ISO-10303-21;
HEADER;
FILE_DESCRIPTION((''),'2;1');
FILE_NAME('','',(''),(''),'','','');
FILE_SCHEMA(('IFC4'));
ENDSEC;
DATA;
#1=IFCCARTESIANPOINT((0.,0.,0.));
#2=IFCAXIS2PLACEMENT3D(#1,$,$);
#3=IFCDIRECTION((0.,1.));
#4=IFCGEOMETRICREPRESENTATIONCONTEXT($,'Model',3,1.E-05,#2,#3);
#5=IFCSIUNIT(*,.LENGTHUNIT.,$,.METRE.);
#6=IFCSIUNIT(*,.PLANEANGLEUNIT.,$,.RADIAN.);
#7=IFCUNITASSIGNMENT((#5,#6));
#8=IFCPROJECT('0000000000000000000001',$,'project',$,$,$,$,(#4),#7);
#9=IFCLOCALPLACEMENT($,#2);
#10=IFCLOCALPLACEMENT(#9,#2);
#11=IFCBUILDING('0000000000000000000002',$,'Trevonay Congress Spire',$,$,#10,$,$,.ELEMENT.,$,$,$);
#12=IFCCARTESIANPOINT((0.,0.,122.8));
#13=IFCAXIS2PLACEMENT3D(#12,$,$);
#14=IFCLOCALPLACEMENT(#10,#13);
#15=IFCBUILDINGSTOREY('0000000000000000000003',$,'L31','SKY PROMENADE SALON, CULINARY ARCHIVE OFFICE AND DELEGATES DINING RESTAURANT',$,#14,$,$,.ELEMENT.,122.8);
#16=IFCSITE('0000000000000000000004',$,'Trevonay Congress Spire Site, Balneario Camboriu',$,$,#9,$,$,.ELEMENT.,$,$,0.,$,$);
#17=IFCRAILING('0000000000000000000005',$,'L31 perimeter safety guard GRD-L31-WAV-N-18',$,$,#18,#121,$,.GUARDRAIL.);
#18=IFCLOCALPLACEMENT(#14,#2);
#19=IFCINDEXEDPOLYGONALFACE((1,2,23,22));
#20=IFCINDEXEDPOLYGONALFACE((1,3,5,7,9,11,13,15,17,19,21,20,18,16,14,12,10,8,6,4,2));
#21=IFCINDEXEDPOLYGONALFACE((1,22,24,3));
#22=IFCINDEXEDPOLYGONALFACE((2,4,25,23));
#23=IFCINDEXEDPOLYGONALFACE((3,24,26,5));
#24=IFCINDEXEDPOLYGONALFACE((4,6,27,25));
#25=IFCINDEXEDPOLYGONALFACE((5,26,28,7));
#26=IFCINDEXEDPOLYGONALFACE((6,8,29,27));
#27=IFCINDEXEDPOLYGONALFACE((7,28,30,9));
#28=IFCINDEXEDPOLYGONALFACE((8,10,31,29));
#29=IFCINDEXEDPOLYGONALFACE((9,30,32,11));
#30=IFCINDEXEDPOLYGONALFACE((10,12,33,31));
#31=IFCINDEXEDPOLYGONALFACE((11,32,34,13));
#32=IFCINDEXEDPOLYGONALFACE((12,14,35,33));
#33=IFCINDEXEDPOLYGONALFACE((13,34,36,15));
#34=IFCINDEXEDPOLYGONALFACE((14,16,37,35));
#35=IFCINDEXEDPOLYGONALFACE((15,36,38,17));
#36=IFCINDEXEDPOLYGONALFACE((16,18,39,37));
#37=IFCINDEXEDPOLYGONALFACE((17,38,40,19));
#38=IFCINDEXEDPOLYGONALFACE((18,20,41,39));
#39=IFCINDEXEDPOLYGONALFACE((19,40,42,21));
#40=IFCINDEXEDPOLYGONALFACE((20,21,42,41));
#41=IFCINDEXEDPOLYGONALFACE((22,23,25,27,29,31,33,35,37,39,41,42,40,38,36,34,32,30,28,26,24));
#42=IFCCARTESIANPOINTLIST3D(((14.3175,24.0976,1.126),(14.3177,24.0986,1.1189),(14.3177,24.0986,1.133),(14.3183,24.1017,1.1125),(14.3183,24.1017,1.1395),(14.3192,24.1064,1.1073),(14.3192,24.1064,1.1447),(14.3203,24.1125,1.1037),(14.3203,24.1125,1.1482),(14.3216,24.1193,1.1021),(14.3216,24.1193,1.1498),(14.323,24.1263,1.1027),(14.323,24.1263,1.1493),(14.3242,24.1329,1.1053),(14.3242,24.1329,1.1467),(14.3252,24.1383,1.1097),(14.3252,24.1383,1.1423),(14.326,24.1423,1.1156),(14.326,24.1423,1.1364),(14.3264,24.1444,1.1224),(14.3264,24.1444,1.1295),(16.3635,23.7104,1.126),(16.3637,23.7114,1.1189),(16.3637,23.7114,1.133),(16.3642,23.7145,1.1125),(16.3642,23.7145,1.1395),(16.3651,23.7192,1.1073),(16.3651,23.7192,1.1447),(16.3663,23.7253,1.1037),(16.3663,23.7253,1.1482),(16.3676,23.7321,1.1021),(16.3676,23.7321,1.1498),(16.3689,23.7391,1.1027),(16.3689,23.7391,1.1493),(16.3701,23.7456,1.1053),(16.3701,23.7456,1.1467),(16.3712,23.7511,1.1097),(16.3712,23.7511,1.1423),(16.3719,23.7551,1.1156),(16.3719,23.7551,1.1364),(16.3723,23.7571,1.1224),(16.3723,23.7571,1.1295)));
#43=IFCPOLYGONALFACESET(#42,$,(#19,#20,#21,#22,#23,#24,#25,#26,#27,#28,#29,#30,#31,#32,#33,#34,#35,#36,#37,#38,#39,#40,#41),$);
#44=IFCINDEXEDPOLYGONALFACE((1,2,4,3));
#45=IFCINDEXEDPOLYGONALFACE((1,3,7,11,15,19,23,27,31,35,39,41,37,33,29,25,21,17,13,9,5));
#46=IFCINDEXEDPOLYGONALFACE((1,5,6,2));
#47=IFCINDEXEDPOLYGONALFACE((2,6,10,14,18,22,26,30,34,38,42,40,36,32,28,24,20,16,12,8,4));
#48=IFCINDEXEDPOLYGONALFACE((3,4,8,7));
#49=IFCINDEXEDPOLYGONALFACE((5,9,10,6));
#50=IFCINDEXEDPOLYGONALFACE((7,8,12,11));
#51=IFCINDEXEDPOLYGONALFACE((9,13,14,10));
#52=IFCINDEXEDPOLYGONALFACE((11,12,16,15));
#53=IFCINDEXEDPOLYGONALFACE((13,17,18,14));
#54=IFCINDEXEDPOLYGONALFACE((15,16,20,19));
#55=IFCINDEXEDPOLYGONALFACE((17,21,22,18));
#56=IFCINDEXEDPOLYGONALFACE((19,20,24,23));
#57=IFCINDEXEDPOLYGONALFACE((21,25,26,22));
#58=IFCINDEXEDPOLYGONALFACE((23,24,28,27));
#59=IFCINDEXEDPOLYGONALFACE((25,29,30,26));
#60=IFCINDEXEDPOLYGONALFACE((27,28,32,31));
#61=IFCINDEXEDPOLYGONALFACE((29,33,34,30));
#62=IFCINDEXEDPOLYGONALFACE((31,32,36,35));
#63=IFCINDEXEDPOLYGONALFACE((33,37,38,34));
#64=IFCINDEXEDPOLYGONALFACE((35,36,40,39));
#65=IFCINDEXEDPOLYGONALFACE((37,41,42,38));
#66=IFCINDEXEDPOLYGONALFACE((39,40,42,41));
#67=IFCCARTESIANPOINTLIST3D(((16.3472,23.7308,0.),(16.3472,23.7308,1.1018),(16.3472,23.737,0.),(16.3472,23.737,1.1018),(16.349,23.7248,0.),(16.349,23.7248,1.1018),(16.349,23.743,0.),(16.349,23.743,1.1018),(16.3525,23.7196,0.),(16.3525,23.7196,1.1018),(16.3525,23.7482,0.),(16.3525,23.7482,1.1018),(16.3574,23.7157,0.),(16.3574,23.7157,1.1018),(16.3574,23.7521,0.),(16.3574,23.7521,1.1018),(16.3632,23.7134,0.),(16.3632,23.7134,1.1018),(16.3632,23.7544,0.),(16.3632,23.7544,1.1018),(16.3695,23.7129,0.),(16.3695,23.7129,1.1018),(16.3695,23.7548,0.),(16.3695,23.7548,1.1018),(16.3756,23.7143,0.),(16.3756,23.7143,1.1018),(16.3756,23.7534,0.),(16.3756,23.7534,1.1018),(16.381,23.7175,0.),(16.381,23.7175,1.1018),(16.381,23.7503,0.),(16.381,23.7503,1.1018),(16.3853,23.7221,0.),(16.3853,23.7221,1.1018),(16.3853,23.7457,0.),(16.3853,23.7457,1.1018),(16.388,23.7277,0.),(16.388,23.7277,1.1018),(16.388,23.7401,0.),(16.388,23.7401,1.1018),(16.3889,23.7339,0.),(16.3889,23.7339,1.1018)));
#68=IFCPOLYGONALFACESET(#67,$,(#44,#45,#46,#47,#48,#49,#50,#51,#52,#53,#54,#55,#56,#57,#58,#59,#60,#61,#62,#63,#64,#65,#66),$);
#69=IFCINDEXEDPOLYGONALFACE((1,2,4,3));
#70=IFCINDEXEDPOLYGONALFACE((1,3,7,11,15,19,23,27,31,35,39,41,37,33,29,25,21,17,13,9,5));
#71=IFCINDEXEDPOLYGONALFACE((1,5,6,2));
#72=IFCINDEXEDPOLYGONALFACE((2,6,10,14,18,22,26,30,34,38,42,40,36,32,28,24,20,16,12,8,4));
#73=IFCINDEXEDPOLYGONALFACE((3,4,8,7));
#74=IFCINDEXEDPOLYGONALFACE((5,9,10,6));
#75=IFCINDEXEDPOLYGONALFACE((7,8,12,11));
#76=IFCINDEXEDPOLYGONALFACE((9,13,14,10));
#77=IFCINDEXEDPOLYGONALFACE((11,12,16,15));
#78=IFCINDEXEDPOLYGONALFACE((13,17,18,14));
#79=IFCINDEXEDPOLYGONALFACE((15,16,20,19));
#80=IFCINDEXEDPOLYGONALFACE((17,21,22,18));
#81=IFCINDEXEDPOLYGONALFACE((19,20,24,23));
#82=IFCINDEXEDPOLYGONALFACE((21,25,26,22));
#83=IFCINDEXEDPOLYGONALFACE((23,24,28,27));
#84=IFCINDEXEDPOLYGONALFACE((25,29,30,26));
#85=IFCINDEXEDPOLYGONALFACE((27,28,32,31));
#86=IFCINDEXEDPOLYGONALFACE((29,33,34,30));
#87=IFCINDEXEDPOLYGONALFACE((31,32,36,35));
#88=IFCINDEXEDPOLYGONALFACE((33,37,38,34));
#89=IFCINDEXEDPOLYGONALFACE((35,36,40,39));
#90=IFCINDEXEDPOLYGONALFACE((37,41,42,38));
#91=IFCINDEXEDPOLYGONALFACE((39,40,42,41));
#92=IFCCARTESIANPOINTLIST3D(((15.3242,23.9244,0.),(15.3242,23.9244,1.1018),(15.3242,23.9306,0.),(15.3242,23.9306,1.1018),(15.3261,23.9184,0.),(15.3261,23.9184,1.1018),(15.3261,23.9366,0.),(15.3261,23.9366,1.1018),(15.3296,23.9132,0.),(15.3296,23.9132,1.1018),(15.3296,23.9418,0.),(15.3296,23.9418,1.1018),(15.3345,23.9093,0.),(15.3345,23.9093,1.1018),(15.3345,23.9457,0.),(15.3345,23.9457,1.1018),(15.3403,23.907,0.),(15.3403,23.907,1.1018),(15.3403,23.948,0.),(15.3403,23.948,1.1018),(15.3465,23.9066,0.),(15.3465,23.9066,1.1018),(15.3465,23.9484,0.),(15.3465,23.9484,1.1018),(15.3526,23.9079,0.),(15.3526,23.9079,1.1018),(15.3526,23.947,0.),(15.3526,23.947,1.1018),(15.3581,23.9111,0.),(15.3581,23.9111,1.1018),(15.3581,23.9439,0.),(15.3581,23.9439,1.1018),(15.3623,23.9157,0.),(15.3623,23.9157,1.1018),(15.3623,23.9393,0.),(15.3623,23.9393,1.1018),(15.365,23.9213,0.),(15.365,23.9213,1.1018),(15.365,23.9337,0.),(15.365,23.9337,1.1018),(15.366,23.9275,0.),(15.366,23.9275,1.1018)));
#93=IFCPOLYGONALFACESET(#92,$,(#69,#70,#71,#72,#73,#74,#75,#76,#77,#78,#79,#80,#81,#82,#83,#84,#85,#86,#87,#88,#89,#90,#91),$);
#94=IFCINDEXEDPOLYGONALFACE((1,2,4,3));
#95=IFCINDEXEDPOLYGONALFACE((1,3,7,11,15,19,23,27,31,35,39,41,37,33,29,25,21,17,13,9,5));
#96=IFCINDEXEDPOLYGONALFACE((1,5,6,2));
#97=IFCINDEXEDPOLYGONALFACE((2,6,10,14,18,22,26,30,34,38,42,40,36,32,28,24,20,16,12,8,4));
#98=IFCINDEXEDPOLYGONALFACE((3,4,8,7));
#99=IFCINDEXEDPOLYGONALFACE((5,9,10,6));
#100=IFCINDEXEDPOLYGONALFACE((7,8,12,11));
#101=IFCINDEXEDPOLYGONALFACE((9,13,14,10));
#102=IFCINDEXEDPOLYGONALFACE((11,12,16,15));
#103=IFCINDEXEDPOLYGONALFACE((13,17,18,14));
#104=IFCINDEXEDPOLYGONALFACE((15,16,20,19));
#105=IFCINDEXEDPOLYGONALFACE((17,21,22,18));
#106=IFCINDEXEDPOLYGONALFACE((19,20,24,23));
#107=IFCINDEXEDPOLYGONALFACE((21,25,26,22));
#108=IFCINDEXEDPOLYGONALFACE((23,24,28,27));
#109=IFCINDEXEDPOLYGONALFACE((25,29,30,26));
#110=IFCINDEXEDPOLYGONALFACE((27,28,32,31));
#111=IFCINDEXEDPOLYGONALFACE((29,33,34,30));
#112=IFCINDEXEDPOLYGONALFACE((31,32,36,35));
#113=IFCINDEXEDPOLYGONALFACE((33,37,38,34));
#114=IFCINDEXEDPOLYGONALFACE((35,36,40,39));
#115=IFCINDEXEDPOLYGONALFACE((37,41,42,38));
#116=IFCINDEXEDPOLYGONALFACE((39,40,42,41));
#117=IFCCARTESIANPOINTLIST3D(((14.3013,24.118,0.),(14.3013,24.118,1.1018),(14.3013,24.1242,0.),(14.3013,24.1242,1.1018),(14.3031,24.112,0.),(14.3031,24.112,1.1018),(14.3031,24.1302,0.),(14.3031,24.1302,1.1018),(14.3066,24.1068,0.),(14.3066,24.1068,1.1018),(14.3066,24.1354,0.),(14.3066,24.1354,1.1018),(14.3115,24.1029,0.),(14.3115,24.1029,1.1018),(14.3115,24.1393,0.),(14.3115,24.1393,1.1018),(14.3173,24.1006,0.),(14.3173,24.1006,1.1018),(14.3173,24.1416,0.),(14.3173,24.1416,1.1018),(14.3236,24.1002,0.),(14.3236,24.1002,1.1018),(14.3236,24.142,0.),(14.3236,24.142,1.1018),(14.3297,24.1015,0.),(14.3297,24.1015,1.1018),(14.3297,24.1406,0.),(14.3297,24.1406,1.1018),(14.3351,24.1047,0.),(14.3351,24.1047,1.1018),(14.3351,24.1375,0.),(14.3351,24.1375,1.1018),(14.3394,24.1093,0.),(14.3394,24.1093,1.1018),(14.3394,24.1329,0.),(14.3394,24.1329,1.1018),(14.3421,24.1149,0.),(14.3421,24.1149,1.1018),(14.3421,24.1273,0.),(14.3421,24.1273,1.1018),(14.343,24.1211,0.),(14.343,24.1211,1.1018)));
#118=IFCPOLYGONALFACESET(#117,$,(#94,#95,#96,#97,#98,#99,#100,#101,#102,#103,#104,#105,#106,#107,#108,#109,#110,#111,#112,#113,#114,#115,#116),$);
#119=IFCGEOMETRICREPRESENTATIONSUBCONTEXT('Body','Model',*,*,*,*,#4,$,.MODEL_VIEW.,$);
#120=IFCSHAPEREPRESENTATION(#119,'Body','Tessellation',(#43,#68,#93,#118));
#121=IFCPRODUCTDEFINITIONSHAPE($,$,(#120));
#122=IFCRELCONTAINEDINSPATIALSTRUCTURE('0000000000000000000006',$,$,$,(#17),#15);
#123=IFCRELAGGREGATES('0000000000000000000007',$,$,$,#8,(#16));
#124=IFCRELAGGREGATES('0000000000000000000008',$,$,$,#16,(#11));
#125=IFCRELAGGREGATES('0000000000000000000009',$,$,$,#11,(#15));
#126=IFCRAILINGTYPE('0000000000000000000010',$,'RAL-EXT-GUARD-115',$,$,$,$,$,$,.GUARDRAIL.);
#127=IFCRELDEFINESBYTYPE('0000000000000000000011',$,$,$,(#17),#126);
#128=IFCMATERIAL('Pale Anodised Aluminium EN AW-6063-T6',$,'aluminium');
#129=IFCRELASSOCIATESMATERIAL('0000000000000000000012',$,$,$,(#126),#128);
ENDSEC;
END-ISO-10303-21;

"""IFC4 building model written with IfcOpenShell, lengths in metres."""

from ifc_helpers import new_model, si_unit, direction, frame, origin, origin_2d, place, context, subcontext, project, spatial, circle, extrude, material, type_object, element, save


model = new_model("IFC4")

# Units and contexts
model_context = context("Model", 3, precision=1e-05, world=origin(), true_north=direction((0.0, 1.0)))
body_context = subcontext(model_context, "Body", "Model", "MODEL_VIEW")
ifc_project = project(units=[si_unit("LENGTHUNIT", "METRE"), si_unit("PLANEANGLEUNIT", "RADIAN")], contexts=[model_context])

# Site, building, storey
site_placement = place(None, origin())
site = spatial("IfcSite", under=ifc_project, at=site_placement, Name="Trevonay Congress Spire Site, Balneario Camboriu", CompositionType="ELEMENT", RefElevation=0.0)
building_placement = place(site_placement, origin())
building = spatial("IfcBuilding", under=site, at=building_placement, Name="Trevonay Congress Spire", CompositionType="ELEMENT")
storey_placement = place(building_placement, frame((0.0, 0.0, 122.8)))
storey = spatial("IfcBuildingStorey", under=building, at=storey_placement, Name="L31", Description="SKY PROMENADE SALON, CULINARY ARCHIVE OFFICE AND DELEGATES DINING RESTAURANT", CompositionType="ELEMENT", Elevation=122.8)

# Shared definitions
ifc_material_1 = material(Name="Pale Anodised Aluminium EN AW-6063-T6", Category="aluminium")

# Railing
railing_type = type_object("IfcRailingType", Name="RAL-EXT-GUARD-115", PredefinedType="GUARDRAIL", material=ifc_material_1)
railing_1_placement = place(storey_placement, frame((16.3679, 23.7339, 0.0)))
element("IfcRailing", 1, at=railing_1_placement, inside=storey, type_object=railing_type, Name="L31 perimeter safety guard GRD-L31-WAV-N-18", PredefinedType="GUARDRAIL", context=body_context, shape_type="SweptSolid", body=[
    extrude(circle(Radius=0.0239, at=origin_2d()), frame((0.0, 0.0, 1.126), z_axis=(-0.982558, 0.185959, 0.0), x_axis=(-0.185959, -0.982558, 0.0)), (0.0, 0.0, 1.0), 2.0823),
    extrude(circle(Radius=0.021, at=origin_2d()), origin(), (0.0, 0.0, 1.0), 1.1018),
    extrude(circle(Radius=0.021, at=origin_2d()), frame((-1.0229, 0.1936, 0.0)), (0.0, 0.0, 1.0), 1.1018),
    extrude(circle(Radius=0.021, at=origin_2d()), frame((-2.0459, 0.3872, 0.0)), (0.0, 0.0, 1.0), 1.1018),
])

save(model, "model.ifc")
